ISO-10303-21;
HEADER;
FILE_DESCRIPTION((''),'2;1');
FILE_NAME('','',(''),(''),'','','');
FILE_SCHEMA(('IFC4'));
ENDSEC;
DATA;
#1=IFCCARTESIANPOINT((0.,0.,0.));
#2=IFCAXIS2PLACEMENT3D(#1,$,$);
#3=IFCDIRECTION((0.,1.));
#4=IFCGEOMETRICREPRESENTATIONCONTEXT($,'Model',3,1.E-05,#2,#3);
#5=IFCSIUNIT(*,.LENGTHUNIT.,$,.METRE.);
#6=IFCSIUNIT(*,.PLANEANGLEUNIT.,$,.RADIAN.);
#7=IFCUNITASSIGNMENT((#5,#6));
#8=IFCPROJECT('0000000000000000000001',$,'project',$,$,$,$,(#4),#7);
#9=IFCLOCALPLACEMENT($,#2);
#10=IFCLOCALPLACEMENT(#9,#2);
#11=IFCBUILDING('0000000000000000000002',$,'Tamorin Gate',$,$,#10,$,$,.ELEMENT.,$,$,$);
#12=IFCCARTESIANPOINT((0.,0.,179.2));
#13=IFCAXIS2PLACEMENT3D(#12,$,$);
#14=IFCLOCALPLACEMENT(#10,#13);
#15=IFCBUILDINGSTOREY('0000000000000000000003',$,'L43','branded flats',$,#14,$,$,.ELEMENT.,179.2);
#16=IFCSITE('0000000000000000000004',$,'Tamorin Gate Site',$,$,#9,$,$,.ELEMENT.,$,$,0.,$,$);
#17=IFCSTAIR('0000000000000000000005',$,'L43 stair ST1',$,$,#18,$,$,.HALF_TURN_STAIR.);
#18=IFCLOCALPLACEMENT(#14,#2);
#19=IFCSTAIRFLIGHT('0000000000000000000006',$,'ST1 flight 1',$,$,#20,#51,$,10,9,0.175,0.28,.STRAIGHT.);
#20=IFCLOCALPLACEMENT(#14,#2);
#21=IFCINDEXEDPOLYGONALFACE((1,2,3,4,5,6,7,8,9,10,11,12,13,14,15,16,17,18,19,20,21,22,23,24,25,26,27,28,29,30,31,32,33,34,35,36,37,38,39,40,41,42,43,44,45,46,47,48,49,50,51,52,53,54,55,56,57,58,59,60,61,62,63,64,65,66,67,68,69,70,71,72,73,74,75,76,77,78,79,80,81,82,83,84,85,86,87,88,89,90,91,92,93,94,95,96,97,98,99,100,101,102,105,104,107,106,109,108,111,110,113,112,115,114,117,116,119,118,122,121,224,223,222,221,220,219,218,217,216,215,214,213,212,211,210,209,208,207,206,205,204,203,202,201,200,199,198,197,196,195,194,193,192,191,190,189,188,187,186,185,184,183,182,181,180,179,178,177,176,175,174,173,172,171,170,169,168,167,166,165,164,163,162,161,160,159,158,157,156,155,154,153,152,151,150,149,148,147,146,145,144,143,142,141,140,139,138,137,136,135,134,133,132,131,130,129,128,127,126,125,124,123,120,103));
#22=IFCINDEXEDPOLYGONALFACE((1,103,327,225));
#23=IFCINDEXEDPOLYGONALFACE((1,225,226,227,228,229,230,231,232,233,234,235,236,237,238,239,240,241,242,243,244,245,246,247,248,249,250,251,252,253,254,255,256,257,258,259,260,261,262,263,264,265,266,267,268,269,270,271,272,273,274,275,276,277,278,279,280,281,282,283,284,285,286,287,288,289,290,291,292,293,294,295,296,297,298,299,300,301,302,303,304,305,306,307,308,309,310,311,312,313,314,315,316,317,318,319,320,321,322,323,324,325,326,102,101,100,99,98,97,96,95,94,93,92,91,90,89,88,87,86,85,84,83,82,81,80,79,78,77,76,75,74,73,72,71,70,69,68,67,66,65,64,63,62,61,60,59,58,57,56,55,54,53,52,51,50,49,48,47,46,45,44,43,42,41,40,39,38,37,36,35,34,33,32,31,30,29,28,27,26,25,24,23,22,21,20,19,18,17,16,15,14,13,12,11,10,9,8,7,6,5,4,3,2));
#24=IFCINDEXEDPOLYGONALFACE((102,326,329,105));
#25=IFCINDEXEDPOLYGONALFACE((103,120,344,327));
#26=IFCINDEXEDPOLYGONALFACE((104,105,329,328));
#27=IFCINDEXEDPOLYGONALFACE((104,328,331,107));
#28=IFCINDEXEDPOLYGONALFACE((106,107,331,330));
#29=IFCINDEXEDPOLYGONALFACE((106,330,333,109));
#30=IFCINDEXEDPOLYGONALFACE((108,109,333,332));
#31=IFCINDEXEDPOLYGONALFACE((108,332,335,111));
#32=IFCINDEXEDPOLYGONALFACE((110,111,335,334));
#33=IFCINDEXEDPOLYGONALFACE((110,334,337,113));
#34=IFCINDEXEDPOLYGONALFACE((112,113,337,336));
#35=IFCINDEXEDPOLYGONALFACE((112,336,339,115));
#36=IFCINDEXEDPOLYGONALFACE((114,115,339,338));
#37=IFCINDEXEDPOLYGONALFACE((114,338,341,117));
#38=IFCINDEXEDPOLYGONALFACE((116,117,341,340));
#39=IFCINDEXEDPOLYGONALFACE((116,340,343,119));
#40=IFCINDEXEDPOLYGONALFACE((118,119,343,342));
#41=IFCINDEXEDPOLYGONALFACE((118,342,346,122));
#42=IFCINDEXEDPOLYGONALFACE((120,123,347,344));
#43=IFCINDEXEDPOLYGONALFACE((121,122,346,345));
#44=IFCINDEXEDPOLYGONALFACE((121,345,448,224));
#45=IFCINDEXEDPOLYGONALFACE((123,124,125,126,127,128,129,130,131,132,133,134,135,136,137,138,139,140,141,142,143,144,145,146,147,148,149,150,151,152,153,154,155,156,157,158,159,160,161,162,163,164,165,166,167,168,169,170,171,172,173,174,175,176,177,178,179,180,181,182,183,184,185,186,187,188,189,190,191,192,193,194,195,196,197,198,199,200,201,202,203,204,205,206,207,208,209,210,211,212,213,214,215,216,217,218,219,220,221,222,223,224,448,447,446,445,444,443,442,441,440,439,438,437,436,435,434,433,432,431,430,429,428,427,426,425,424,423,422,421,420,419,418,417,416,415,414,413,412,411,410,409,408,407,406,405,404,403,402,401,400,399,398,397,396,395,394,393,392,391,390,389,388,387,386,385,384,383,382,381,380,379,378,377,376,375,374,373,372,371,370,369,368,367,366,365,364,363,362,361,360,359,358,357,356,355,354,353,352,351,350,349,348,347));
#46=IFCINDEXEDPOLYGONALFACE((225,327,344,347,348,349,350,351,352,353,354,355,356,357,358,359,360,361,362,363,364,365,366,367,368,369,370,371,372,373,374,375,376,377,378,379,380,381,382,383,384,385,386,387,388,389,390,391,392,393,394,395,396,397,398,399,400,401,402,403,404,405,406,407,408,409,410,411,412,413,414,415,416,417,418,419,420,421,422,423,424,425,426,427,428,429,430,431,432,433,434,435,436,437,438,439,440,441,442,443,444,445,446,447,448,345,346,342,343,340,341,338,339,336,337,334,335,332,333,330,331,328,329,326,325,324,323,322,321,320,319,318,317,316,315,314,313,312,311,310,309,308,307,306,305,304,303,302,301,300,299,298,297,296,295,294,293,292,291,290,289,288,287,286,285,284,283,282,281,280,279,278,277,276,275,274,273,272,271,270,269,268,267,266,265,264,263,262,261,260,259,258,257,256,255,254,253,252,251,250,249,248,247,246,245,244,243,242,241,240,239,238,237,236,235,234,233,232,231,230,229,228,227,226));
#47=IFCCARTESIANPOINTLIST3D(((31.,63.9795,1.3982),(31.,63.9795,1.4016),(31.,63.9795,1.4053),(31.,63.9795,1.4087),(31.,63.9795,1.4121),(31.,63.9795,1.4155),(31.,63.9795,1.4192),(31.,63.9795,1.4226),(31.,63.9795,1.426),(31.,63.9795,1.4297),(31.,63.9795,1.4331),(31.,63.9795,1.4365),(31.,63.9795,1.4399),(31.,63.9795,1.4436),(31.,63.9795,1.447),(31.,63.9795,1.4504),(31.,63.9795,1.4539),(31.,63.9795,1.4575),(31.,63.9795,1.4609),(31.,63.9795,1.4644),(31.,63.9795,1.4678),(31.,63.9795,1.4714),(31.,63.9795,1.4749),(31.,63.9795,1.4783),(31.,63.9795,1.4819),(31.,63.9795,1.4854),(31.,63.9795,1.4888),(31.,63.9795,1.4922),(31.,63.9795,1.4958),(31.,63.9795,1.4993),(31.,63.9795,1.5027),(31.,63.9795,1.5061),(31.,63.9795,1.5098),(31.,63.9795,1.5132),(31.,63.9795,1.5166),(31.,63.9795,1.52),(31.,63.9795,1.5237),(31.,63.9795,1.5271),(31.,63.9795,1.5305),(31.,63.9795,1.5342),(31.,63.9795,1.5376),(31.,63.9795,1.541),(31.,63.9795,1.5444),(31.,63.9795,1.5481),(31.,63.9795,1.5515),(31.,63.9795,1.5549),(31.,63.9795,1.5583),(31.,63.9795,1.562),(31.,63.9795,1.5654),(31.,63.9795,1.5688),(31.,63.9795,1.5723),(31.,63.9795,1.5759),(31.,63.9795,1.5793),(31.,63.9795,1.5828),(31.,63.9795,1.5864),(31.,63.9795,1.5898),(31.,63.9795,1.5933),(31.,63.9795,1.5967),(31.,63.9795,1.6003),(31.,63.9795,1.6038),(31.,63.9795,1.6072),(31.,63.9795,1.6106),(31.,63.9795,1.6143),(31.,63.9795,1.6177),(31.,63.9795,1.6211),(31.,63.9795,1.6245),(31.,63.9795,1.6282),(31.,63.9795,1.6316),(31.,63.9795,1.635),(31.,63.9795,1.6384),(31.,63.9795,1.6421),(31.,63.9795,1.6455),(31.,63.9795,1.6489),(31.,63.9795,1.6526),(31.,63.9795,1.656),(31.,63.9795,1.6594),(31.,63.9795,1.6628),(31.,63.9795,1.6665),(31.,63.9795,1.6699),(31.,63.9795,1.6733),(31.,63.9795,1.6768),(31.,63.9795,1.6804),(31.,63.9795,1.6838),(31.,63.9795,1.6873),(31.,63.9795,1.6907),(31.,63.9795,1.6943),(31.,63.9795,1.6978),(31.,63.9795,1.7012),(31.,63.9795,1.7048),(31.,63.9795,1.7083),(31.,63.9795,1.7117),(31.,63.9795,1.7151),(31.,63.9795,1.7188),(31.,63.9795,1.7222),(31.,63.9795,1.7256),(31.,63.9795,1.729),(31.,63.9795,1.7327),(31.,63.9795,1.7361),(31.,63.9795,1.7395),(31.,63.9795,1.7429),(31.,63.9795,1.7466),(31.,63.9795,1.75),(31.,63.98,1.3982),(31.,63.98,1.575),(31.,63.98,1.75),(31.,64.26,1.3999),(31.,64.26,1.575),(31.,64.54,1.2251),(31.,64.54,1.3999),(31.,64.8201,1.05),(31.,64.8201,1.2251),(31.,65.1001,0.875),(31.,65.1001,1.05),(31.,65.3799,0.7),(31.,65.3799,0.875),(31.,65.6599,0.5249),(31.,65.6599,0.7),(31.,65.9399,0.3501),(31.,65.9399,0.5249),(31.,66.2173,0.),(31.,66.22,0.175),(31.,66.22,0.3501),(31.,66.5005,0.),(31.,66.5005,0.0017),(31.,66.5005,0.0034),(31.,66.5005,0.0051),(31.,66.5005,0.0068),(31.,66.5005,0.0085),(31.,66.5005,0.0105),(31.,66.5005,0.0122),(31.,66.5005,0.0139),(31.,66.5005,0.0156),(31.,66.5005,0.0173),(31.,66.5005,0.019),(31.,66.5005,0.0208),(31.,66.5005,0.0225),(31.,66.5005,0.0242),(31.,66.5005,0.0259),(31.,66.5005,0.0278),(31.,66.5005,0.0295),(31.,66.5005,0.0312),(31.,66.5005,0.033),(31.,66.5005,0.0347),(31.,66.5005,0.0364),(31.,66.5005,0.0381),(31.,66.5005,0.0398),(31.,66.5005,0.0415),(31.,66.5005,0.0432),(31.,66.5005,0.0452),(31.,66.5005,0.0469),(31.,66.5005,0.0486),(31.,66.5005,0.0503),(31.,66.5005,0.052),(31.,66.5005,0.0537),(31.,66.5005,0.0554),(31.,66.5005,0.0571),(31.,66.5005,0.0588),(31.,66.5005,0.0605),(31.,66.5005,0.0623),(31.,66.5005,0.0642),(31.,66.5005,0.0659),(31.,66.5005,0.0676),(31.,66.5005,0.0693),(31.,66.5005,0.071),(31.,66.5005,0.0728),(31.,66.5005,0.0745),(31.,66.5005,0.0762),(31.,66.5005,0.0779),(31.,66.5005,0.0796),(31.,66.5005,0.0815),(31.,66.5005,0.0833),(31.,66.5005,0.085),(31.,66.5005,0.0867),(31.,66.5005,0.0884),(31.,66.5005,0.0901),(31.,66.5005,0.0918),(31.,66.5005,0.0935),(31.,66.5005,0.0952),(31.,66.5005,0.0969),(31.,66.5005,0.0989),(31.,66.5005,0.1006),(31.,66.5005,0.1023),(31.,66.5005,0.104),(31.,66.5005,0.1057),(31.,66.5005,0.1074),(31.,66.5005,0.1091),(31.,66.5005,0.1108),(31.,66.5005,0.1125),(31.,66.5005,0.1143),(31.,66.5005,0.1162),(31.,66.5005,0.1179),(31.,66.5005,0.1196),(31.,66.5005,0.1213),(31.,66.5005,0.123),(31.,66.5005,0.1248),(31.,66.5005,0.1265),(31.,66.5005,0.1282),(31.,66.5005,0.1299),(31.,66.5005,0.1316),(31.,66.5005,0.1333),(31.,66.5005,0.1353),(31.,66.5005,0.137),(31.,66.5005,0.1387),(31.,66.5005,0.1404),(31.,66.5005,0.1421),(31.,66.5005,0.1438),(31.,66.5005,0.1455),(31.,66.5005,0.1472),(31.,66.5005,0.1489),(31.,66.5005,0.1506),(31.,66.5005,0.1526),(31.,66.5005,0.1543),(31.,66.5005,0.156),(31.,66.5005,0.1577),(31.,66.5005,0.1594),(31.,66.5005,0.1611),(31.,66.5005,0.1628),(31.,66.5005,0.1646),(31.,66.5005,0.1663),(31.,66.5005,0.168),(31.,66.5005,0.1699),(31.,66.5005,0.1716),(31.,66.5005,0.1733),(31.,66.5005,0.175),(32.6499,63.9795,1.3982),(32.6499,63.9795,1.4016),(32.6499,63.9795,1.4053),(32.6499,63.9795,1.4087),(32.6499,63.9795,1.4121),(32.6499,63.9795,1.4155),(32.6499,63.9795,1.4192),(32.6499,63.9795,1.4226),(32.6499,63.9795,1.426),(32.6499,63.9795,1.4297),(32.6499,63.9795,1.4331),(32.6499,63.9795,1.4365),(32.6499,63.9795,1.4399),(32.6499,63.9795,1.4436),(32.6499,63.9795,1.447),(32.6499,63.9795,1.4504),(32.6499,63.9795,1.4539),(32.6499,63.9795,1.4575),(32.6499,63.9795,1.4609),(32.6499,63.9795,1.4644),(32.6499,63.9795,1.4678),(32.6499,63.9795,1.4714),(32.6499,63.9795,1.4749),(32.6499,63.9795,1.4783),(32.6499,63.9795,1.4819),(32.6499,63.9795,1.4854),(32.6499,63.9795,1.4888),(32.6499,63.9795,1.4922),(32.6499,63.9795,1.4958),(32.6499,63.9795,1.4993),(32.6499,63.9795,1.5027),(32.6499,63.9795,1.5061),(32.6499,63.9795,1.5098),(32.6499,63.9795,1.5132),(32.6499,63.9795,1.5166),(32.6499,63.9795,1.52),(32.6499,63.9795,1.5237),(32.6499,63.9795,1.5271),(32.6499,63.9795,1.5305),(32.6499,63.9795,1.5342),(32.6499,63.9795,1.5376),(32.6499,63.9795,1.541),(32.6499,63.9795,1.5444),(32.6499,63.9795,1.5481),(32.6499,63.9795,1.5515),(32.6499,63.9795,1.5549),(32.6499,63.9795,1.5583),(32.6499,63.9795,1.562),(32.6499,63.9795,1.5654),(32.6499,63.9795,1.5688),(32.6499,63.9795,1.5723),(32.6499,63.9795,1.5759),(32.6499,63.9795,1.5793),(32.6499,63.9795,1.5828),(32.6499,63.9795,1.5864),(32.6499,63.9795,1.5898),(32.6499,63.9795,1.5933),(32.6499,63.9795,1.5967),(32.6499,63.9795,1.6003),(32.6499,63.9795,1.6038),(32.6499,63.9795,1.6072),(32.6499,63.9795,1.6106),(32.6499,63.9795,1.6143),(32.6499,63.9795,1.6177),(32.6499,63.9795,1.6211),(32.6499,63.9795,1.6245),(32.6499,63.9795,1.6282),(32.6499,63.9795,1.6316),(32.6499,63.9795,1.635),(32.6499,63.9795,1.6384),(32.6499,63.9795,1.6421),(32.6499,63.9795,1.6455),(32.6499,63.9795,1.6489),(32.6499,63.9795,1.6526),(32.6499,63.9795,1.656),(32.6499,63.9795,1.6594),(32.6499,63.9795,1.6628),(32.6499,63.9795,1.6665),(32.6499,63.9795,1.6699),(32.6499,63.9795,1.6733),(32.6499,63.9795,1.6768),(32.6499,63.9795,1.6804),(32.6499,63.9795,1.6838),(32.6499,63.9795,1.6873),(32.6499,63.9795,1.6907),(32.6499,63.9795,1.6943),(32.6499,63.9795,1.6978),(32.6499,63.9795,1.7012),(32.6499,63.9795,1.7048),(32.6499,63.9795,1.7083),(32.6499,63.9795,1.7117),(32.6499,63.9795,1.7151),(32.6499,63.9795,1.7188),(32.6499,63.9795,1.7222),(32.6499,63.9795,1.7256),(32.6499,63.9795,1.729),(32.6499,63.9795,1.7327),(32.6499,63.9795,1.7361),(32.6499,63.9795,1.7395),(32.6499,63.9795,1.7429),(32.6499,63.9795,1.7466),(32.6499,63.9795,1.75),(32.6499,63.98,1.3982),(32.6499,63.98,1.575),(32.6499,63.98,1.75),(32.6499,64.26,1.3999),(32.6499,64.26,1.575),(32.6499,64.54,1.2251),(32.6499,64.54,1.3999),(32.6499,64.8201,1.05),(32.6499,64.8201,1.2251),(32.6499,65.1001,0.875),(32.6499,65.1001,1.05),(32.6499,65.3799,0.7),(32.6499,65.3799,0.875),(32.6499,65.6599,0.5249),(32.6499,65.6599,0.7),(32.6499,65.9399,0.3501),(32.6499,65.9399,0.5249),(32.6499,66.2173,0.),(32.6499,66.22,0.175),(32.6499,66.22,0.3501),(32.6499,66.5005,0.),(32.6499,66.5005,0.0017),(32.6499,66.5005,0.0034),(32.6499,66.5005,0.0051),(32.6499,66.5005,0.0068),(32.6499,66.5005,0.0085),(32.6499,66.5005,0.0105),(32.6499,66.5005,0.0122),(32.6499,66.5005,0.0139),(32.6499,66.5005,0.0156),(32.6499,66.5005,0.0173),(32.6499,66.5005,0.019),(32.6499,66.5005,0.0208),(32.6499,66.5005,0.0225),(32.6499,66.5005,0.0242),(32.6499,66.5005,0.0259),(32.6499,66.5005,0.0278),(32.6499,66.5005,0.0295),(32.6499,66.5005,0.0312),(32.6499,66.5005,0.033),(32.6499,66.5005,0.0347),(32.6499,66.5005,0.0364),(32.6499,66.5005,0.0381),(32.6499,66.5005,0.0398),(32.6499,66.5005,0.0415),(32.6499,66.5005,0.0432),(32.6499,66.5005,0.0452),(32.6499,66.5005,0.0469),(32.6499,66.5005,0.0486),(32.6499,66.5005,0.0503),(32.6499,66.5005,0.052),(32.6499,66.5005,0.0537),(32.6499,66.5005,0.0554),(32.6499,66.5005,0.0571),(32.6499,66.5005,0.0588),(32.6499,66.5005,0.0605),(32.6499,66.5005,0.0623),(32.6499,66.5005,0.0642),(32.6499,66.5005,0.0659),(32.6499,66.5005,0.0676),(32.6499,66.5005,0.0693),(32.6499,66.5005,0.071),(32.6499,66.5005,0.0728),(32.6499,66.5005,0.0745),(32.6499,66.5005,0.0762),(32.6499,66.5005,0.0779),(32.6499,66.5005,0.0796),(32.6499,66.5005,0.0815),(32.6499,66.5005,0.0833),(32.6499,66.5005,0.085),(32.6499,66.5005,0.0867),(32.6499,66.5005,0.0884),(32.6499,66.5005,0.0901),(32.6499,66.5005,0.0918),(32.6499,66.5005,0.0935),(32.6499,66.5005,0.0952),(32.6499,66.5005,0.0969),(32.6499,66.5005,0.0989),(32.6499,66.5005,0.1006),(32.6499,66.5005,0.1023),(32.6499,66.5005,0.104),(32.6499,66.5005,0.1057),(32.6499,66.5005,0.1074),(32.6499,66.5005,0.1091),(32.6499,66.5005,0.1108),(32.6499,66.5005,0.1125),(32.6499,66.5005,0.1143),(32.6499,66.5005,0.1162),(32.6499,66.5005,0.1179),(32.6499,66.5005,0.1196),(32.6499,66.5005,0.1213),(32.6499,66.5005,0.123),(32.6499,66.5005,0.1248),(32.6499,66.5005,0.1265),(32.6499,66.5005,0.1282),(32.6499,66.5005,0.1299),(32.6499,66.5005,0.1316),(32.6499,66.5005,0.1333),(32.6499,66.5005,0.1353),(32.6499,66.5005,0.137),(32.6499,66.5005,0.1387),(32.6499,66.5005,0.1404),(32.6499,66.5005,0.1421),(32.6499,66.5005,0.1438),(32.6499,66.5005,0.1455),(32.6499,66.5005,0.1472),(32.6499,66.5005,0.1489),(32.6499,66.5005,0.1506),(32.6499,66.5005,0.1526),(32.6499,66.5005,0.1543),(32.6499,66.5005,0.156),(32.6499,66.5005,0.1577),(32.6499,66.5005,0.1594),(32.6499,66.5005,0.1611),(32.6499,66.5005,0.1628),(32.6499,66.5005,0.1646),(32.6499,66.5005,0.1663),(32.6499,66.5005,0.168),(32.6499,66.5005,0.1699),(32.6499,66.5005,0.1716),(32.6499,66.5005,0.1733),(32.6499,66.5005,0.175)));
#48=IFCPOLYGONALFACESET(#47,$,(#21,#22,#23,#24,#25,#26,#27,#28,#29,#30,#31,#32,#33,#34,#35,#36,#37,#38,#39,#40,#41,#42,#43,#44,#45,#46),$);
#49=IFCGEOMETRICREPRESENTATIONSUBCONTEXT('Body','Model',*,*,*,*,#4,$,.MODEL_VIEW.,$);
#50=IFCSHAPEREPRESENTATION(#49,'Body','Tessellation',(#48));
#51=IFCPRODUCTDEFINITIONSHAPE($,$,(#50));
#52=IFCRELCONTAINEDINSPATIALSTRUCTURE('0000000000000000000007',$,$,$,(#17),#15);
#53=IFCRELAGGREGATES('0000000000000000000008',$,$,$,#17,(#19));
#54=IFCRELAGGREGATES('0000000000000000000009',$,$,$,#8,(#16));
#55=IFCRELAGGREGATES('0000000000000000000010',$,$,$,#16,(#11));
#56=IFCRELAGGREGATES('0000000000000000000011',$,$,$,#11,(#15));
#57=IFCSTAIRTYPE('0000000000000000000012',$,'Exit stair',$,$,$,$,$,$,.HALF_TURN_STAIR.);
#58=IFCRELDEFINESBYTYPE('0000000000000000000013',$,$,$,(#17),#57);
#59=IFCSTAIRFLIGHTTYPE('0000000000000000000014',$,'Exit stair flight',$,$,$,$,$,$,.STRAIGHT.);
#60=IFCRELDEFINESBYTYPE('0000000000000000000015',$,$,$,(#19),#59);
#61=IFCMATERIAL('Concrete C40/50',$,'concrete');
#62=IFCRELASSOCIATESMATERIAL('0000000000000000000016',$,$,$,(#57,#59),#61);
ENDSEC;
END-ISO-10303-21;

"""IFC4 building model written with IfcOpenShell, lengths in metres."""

from ifc_helpers import new_model, si_unit, direction, frame, origin, place, context, subcontext, project, spatial, polyline, outline, extrude, material, type_object, element, aggregate, save


model = new_model("IFC4")

# Units and contexts
model_context = context("Model", 3, precision=1e-05, world=origin(), true_north=direction((0.0, 1.0)))
body_context = subcontext(model_context, "Body", "Model", "MODEL_VIEW")
ifc_project = project(units=[si_unit("LENGTHUNIT", "METRE"), si_unit("PLANEANGLEUNIT", "RADIAN")], contexts=[model_context])

# Site, building, storey
site_placement = place(None, origin())
site = spatial("IfcSite", under=ifc_project, at=site_placement, Name="Tamorin Gate Site", CompositionType="ELEMENT", RefElevation=0.0)
building_placement = place(site_placement, origin())
building = spatial("IfcBuilding", under=site, at=building_placement, Name="Tamorin Gate", CompositionType="ELEMENT")
storey_placement = place(building_placement, frame((0.0, 0.0, 179.2)))
storey = spatial("IfcBuildingStorey", under=building, at=storey_placement, Name="L43", Description="branded flats", CompositionType="ELEMENT", Elevation=179.2)

# Shared definitions
ifc_material_1 = material(Name="Concrete C40/50", Category="concrete")

# Stair, stair flight
stair_type = type_object("IfcStairType", Name="Exit stair", PredefinedType="HALF_TURN_STAIR", material=ifc_material_1)
stair_1_placement = place(storey_placement, origin())
stair_1 = element("IfcStair", 1, at=stair_1_placement, inside=storey, type_object=stair_type, Name="L43 stair ST1", PredefinedType="HALF_TURN_STAIR")
stair_flight_type = type_object("IfcStairFlightType", Name="Exit stair flight", PredefinedType="STRAIGHT", material=ifc_material_1)
stair_flight_1_placement = place(storey_placement, frame((31.825, 66.5, 0.0), z_axis=(0.0, 0.0, 1.0), x_axis=(0.0, -1.0, 0.0)))
stair_flight_1 = element("IfcStairFlight", 2, at=stair_flight_1_placement, type_object=stair_flight_type, Name="ST1 flight 1", NumberOfRisers=10, NumberOfTreads=9, PredefinedType="STRAIGHT", RiserHeight=0.175, TreadLength=0.28, context=body_context, shape_type="SweptSolid", body=[
    extrude(outline(polyline([(-0.0005, 0.0), (-0.0005, 0.0017), (-0.0005, 0.0034), (-0.0005, 0.0051), (-0.0005, 0.0068), (-0.0005, 0.0085), (-0.0005, 0.0105), (-0.0005, 0.0122), (-0.0005, 0.0139), (-0.0005, 0.0156), (-0.0005, 0.0173), (-0.0005, 0.019), (-0.0005, 0.0208), (-0.0005, 0.0225), (-0.0005, 0.0242), (-0.0005, 0.0259), (-0.0005, 0.0278), (-0.0005, 0.0295), (-0.0005, 0.0312), (-0.0005, 0.033), (-0.0005, 0.0347), (-0.0005, 0.0364), (-0.0005, 0.0381), (-0.0005, 0.0398), (-0.0005, 0.0415), (-0.0005, 0.0432), (-0.0005, 0.0452), (-0.0005, 0.0469), (-0.0005, 0.0486), (-0.0005, 0.0503), (-0.0005, 0.052), (-0.0005, 0.0537), (-0.0005, 0.0554), (-0.0005, 0.0571), (-0.0005, 0.0588), (-0.0005, 0.0605), (-0.0005, 0.0623), (-0.0005, 0.0642), (-0.0005, 0.0659), (-0.0005, 0.0676), (-0.0005, 0.0693), (-0.0005, 0.071), (-0.0005, 0.0728), (-0.0005, 0.0745), (-0.0005, 0.0762), (-0.0005, 0.0779), (-0.0005, 0.0796), (-0.0005, 0.0815), (-0.0005, 0.0833), (-0.0005, 0.085), (-0.0005, 0.0867), (-0.0005, 0.0884), (-0.0005, 0.0901), (-0.0005, 0.0918), (-0.0005, 0.0935), (-0.0005, 0.0952), (-0.0005, 0.0969), (-0.0005, 0.0989), (-0.0005, 0.1006), (-0.0005, 0.1023), (-0.0005, 0.104), (-0.0005, 0.1057), (-0.0005, 0.1074), (-0.0005, 0.1091), (-0.0005, 0.1108), (-0.0005, 0.1125), (-0.0005, 0.1143), (-0.0005, 0.1162), (-0.0005, 0.1179), (-0.0005, 0.1196), (-0.0005, 0.1213), (-0.0005, 0.123), (-0.0005, 0.1248), (-0.0005, 0.1265), (-0.0005, 0.1282), (-0.0005, 0.1299), (-0.0005, 0.1316), (-0.0005, 0.1333), (-0.0005, 0.1353), (-0.0005, 0.137), (-0.0005, 0.1387), (-0.0005, 0.1404), (-0.0005, 0.1421), (-0.0005, 0.1438), (-0.0005, 0.1455), (-0.0005, 0.1472), (-0.0005, 0.1489), (-0.0005, 0.1506), (-0.0005, 0.1526), (-0.0005, 0.1543), (-0.0005, 0.156), (-0.0005, 0.1577), (-0.0005, 0.1594), (-0.0005, 0.1611), (-0.0005, 0.1628), (-0.0005, 0.1646), (-0.0005, 0.1663), (-0.0005, 0.168), (-0.0005, 0.1699), (-0.0005, 0.1716), (-0.0005, 0.1733), (-0.0005, 0.175), (0.28, 0.175), (0.28, 0.3501), (0.5601, 0.3501), (0.5601, 0.5249), (0.8401, 0.5249), (0.8401, 0.7), (1.1201, 0.7), (1.1201, 0.875), (1.3999, 0.875), (1.3999, 1.05), (1.6799, 1.05), (1.6799, 1.2251), (1.96, 1.2251), (1.96, 1.3999), (2.24, 1.3999), (2.24, 1.575), (2.52, 1.575), (2.52, 1.75), (2.5205, 1.75), (2.5205, 1.7466), (2.5205, 1.7429), (2.5205, 1.7395), (2.5205, 1.7361), (2.5205, 1.7327), (2.5205, 1.729), (2.5205, 1.7256), (2.5205, 1.7222), (2.5205, 1.7188), (2.5205, 1.7151), (2.5205, 1.7117), (2.5205, 1.7083), (2.5205, 1.7048), (2.5205, 1.7012), (2.5205, 1.6978), (2.5205, 1.6943), (2.5205, 1.6907), (2.5205, 1.6873), (2.5205, 1.6838), (2.5205, 1.6804), (2.5205, 1.6768), (2.5205, 1.6733), (2.5205, 1.6699), (2.5205, 1.6665), (2.5205, 1.6628), (2.5205, 1.6594), (2.5205, 1.656), (2.5205, 1.6526), (2.5205, 1.6489), (2.5205, 1.6455), (2.5205, 1.6421), (2.5205, 1.6384), (2.5205, 1.635), (2.5205, 1.6316), (2.5205, 1.6282), (2.5205, 1.6245), (2.5205, 1.6211), (2.5205, 1.6177), (2.5205, 1.6143), (2.5205, 1.6106), (2.5205, 1.6072), (2.5205, 1.6038), (2.5205, 1.6003), (2.5205, 1.5967), (2.5205, 1.5933), (2.5205, 1.5898), (2.5205, 1.5864), (2.5205, 1.5828), (2.5205, 1.5793), (2.5205, 1.5759), (2.5205, 1.5723), (2.5205, 1.5688), (2.5205, 1.5654), (2.5205, 1.562), (2.5205, 1.5583), (2.5205, 1.5549), (2.5205, 1.5515), (2.5205, 1.5481), (2.5205, 1.5444), (2.5205, 1.541), (2.5205, 1.5376), (2.5205, 1.5342), (2.5205, 1.5305), (2.5205, 1.5271), (2.5205, 1.5237), (2.5205, 1.52), (2.5205, 1.5166), (2.5205, 1.5132), (2.5205, 1.5098), (2.5205, 1.5061), (2.5205, 1.5027), (2.5205, 1.4993), (2.5205, 1.4958), (2.5205, 1.4922), (2.5205, 1.4888), (2.5205, 1.4854), (2.5205, 1.4819), (2.5205, 1.4783), (2.5205, 1.4749), (2.5205, 1.4714), (2.5205, 1.4678), (2.5205, 1.4644), (2.5205, 1.4609), (2.5205, 1.4575), (2.5205, 1.4539), (2.5205, 1.4504), (2.5205, 1.447), (2.5205, 1.4436), (2.5205, 1.4399), (2.5205, 1.4365), (2.5205, 1.4331), (2.5205, 1.4297), (2.5205, 1.426), (2.5205, 1.4226), (2.5205, 1.4192), (2.5205, 1.4155), (2.5205, 1.4121), (2.5205, 1.4087), (2.5205, 1.4053), (2.5205, 1.4016), (2.5205, 1.3982), (2.52, 1.3982), (0.2827, 0.0), (-0.0005, 0.0)])), frame((0.0, 0.825, 0.0), z_axis=(0.0, -1.0, 0.0), x_axis=(1.0, 0.0, 0.0)), (0.0, 0.0, 1.0), 1.6499),
])
aggregate(stair_1, [stair_flight_1])

save(model, "model.ifc")
